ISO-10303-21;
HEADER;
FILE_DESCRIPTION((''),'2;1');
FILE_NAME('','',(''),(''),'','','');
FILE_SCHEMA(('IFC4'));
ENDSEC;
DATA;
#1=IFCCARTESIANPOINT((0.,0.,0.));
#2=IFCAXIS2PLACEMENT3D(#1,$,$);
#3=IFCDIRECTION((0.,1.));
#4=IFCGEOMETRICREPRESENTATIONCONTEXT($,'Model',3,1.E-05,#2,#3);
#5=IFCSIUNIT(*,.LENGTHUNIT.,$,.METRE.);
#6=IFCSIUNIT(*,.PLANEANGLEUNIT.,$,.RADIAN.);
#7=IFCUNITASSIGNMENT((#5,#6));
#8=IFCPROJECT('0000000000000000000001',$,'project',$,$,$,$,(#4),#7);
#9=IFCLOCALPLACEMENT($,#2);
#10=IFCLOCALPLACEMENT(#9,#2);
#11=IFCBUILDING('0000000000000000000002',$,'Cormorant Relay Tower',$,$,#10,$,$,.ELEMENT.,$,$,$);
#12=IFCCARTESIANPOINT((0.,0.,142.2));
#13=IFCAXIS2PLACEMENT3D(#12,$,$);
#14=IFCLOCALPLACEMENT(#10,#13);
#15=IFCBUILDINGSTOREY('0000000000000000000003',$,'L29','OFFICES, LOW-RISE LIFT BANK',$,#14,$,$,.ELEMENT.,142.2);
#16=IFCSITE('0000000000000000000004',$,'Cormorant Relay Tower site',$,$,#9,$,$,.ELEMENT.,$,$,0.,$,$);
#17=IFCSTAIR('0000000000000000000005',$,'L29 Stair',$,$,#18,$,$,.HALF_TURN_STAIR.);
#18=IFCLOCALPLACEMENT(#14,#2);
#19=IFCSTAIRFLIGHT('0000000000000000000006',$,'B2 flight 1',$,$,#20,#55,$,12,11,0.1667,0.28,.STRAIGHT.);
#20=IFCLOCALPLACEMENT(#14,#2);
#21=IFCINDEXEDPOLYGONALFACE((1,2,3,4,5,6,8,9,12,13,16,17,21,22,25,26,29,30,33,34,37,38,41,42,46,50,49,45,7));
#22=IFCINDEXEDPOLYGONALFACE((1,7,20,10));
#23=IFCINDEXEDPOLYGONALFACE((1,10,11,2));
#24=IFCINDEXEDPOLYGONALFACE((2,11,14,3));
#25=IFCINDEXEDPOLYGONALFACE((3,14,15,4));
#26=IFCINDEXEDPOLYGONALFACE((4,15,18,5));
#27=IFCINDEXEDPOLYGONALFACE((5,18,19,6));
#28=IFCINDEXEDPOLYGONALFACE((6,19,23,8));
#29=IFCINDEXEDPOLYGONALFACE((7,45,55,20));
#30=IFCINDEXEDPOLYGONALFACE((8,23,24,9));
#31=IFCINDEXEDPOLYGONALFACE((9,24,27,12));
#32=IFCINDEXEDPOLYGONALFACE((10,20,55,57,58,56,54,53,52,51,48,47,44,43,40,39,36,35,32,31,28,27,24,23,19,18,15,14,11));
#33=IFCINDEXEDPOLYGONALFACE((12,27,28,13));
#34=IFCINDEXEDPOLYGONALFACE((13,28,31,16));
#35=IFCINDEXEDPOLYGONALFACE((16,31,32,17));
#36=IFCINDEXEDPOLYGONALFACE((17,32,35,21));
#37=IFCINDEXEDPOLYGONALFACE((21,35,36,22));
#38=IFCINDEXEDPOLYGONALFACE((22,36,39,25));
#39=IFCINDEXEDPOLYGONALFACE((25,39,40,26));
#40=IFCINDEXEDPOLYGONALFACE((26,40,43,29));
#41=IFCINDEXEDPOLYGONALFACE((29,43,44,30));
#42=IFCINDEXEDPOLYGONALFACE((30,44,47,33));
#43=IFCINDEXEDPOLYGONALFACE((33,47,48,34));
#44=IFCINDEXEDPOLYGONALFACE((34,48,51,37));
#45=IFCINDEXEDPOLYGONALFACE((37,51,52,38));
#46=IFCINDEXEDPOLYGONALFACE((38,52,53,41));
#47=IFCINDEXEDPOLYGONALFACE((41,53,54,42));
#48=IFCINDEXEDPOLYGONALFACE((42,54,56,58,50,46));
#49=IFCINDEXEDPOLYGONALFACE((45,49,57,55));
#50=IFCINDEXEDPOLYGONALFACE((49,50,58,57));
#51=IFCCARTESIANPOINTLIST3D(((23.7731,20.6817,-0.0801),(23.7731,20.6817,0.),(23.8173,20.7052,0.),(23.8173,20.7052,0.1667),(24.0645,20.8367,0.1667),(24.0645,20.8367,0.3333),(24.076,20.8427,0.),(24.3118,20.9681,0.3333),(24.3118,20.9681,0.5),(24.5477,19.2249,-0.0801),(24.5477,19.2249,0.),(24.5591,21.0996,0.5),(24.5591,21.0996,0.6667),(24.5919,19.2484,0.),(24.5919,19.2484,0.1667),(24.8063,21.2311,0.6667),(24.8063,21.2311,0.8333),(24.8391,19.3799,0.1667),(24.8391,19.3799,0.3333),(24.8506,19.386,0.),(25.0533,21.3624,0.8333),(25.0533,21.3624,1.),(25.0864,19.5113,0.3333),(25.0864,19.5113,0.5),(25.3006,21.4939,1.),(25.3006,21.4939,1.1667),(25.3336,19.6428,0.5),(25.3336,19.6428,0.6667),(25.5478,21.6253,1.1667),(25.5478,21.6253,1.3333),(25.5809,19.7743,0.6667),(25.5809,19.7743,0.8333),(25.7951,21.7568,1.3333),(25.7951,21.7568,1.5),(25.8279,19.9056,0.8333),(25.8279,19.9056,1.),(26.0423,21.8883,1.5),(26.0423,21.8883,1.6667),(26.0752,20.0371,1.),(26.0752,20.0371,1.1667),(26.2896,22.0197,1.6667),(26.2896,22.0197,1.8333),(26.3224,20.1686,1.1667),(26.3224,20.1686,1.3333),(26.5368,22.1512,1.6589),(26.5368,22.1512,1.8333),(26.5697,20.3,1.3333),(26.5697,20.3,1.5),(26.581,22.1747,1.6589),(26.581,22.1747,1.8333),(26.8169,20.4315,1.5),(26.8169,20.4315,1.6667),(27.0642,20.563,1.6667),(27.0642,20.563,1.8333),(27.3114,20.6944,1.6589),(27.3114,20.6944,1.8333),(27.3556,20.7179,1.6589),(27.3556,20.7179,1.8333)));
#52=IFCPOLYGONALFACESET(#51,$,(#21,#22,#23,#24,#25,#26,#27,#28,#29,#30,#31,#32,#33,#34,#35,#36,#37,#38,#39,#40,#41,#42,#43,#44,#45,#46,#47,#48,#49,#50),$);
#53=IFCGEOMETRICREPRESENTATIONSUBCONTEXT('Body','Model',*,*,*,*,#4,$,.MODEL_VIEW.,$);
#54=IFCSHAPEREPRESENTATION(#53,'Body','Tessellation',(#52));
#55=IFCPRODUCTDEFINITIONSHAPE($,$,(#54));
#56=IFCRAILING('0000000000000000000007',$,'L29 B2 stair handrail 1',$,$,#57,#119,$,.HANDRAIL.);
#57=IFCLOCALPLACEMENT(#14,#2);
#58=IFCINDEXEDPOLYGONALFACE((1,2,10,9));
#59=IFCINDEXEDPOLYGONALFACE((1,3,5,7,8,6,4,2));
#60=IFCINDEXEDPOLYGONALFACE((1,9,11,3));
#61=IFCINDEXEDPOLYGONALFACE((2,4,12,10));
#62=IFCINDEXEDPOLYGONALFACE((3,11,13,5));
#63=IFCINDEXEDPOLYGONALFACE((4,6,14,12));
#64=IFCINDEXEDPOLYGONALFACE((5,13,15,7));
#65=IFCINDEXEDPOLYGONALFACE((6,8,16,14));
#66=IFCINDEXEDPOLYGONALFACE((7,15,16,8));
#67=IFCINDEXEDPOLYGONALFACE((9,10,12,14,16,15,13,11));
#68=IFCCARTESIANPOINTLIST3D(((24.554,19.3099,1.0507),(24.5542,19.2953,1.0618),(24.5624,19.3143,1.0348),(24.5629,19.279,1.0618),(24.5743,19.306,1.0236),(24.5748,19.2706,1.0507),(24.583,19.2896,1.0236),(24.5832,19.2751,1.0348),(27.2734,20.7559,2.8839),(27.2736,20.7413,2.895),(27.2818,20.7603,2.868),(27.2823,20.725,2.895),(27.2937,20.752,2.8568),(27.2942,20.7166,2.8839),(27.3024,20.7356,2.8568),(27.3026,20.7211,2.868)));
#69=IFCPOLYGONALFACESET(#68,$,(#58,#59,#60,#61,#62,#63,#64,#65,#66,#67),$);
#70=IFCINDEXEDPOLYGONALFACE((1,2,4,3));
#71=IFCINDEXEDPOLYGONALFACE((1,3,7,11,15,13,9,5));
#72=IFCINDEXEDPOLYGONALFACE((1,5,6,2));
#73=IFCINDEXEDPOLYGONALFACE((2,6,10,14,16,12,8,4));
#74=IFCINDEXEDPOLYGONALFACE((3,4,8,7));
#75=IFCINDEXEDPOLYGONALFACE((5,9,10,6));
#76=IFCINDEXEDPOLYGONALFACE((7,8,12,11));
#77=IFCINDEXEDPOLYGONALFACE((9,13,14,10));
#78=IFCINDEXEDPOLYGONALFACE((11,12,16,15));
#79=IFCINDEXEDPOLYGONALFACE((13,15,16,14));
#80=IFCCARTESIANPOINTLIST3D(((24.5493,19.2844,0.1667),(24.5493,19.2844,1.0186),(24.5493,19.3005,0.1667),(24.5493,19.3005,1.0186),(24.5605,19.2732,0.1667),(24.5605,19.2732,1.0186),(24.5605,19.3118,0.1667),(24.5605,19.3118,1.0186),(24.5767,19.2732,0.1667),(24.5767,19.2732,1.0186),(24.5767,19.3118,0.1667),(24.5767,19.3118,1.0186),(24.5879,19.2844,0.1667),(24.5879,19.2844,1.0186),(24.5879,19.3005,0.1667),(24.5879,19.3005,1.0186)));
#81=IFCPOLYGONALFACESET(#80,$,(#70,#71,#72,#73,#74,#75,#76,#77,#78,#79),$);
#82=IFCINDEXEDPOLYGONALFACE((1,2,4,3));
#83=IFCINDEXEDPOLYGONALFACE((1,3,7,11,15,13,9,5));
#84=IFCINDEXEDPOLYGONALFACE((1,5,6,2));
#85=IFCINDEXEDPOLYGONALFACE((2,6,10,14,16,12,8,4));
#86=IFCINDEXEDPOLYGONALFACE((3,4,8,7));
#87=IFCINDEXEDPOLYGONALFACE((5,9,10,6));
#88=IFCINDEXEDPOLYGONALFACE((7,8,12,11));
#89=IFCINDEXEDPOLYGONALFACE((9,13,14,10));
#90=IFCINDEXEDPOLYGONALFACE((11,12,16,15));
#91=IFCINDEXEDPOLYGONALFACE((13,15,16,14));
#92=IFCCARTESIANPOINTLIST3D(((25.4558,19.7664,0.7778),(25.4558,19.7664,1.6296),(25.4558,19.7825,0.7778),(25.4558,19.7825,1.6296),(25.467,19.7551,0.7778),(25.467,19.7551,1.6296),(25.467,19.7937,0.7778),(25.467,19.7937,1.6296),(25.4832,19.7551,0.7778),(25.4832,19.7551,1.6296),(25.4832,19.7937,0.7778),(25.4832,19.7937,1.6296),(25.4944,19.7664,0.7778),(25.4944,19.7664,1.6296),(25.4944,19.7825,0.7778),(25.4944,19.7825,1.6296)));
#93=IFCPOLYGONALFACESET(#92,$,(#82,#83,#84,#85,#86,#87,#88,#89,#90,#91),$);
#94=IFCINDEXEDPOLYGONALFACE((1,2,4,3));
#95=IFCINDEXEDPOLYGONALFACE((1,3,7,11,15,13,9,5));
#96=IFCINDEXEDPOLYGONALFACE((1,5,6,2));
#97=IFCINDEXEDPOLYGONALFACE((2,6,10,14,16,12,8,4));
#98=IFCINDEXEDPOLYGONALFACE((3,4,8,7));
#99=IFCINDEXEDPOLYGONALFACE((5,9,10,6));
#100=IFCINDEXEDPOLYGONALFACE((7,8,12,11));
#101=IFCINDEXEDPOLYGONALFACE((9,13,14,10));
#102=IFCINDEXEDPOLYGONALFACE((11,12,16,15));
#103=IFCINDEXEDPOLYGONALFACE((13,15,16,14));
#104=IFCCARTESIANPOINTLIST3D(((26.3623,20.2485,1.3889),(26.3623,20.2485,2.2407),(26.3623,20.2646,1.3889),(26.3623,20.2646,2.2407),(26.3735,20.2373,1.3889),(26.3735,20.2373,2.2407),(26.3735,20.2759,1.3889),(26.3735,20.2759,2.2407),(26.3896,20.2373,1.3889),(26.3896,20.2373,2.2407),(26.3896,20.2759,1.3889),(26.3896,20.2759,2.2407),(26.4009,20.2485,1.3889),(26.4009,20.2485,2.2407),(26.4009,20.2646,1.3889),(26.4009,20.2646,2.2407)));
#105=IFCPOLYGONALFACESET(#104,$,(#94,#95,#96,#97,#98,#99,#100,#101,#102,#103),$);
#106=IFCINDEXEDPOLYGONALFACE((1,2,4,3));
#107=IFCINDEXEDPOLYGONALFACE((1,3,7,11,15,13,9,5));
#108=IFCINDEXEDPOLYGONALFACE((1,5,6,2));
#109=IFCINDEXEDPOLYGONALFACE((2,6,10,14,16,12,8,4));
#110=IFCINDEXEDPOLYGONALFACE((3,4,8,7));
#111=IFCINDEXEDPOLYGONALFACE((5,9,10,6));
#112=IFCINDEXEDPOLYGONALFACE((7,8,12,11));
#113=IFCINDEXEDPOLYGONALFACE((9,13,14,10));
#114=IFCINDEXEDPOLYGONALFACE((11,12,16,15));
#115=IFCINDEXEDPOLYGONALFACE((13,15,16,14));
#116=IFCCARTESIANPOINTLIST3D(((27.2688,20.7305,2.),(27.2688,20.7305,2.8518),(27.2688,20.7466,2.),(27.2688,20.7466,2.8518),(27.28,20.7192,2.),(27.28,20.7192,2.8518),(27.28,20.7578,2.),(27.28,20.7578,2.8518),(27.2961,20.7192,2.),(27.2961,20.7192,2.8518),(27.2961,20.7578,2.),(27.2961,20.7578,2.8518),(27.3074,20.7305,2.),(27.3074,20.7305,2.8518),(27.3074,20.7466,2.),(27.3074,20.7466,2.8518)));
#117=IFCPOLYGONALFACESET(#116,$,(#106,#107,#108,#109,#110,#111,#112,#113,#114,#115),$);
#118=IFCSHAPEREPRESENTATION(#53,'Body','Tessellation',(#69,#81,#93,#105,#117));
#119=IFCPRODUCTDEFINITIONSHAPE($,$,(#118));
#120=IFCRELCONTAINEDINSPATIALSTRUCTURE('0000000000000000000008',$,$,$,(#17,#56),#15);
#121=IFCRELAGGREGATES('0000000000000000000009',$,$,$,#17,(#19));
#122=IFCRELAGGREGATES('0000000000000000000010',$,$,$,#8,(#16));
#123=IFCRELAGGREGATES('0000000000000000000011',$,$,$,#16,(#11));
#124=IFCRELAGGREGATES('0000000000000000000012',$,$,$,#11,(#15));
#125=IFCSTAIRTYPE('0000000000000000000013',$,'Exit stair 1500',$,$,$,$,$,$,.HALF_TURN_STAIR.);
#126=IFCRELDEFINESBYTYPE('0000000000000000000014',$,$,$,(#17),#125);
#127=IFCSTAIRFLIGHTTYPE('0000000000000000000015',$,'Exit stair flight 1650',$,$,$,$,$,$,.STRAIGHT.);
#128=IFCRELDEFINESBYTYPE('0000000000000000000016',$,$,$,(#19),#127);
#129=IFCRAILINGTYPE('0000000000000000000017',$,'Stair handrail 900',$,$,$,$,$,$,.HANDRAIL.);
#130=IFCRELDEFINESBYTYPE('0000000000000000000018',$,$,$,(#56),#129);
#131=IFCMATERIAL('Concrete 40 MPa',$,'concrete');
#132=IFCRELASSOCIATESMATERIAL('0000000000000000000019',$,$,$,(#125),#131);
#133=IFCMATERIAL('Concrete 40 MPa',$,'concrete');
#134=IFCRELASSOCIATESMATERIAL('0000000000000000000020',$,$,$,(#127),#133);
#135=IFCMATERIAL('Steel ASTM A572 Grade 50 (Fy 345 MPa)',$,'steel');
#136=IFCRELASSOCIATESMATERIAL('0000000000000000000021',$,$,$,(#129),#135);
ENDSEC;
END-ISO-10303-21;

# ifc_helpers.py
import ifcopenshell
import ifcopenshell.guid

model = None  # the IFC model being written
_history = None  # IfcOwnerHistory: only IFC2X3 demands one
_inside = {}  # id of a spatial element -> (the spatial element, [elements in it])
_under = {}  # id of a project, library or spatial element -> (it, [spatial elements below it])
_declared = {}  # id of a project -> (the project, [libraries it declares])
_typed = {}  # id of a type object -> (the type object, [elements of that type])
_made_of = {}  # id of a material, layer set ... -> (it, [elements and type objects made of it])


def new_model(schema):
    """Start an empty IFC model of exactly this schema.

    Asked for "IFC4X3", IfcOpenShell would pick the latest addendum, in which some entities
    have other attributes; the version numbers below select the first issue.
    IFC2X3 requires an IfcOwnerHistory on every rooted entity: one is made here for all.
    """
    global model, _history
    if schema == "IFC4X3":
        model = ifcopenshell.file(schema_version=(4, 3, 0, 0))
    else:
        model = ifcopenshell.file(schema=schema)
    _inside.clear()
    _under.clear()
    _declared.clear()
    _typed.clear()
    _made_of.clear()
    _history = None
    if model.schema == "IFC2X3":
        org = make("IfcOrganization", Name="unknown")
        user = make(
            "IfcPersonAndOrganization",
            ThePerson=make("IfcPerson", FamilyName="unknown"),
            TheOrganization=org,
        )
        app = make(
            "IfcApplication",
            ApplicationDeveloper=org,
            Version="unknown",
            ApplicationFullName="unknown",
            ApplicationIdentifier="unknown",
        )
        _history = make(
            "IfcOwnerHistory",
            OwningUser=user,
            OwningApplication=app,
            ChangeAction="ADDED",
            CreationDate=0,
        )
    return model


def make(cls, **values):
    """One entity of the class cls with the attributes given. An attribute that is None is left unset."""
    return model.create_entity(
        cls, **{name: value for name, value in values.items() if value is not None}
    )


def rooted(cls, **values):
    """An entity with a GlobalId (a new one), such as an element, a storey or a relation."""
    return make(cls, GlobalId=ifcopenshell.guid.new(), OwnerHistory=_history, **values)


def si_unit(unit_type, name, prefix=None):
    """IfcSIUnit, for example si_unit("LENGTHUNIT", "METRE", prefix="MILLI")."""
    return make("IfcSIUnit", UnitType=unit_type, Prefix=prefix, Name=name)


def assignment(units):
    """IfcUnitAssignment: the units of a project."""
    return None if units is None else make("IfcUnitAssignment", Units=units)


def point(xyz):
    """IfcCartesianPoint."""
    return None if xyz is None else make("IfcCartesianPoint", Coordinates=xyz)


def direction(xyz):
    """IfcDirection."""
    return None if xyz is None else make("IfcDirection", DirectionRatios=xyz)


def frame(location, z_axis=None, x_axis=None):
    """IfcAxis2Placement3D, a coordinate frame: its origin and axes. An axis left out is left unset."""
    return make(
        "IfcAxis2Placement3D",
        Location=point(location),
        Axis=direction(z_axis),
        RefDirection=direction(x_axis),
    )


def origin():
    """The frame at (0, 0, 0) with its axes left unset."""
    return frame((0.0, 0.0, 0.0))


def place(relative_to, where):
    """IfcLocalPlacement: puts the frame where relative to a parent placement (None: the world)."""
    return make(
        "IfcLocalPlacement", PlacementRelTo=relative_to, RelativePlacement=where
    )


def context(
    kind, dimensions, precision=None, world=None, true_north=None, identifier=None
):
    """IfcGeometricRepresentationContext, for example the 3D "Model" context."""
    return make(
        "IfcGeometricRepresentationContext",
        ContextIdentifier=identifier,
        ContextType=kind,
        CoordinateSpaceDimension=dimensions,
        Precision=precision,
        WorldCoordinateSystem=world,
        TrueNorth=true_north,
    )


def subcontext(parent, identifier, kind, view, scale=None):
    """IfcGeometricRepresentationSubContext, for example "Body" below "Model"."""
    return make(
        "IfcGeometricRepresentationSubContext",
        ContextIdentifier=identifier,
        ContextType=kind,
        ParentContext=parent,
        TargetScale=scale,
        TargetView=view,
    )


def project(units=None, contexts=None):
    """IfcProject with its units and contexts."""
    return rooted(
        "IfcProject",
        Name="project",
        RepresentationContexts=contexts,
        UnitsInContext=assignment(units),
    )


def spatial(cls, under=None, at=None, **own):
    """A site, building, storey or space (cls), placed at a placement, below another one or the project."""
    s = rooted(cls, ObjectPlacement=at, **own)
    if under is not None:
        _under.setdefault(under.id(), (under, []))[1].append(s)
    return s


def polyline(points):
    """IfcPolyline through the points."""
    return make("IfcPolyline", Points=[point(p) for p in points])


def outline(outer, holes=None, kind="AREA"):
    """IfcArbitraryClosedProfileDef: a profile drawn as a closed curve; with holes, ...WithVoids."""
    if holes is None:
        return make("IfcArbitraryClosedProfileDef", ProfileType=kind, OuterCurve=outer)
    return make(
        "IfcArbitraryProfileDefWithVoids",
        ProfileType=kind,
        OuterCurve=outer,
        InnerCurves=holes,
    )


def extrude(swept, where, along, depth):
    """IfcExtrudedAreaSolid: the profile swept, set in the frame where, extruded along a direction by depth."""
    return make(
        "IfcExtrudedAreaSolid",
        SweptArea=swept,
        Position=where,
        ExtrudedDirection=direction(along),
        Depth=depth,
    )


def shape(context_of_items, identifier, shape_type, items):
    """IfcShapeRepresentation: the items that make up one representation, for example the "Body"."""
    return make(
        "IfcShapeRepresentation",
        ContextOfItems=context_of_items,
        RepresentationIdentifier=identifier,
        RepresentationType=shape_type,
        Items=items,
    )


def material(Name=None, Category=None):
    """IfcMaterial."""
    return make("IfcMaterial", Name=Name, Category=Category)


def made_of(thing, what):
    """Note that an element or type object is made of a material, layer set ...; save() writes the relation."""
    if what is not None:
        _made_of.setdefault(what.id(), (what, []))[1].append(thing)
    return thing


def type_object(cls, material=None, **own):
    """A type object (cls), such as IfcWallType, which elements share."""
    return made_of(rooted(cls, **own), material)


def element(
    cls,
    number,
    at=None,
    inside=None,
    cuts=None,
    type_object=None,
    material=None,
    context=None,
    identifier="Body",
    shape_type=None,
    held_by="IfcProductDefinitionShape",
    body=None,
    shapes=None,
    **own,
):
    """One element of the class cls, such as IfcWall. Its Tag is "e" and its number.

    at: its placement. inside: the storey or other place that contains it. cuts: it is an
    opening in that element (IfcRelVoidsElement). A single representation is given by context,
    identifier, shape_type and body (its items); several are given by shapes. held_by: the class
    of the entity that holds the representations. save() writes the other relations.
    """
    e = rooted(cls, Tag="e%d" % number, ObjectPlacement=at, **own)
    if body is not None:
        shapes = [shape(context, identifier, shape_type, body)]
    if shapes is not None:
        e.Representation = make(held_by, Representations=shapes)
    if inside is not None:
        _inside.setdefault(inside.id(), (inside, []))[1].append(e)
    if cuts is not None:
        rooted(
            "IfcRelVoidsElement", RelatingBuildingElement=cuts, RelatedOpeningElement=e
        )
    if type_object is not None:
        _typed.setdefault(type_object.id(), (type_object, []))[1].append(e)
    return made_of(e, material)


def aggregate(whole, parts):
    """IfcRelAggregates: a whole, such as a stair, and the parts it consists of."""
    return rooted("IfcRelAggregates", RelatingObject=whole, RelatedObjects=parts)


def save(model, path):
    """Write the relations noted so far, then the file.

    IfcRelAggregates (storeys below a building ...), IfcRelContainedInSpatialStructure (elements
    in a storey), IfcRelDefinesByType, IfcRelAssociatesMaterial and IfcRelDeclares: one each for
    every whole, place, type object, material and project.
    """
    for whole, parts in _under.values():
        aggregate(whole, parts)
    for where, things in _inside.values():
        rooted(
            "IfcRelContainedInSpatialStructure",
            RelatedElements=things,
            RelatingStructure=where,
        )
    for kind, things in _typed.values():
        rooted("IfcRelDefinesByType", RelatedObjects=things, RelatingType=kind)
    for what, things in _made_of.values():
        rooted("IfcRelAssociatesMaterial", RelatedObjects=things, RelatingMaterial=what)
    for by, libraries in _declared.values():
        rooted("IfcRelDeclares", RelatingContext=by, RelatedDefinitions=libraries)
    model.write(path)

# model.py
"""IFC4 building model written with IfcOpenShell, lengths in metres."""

from ifc_helpers import new_model, si_unit, direction, frame, origin, place, context, subcontext, project, spatial, polyline, outline, extrude, material, type_object, element, aggregate, save


model = new_model("IFC4")

# Units and contexts
model_context = context("Model", 3, precision=1e-05, world=origin(), true_north=direction((0.0, 1.0)))
body_context = subcontext(model_context, "Body", "Model", "MODEL_VIEW")
ifc_project = project(units=[si_unit("LENGTHUNIT", "METRE"), si_unit("PLANEANGLEUNIT", "RADIAN")], contexts=[model_context])

# Site, building, storey
site_placement = place(None, origin())
site = spatial("IfcSite", under=ifc_project, at=site_placement, Name="Cormorant Relay Tower site", CompositionType="ELEMENT", RefElevation=0.0)
building_placement = place(site_placement, origin())
building = spatial("IfcBuilding", under=site, at=building_placement, Name="Cormorant Relay Tower", CompositionType="ELEMENT")
storey_placement = place(building_placement, frame((0.0, 0.0, 142.2)))
storey = spatial("IfcBuildingStorey", under=building, at=storey_placement, Name="L29", Description="OFFICES, LOW-RISE LIFT BANK", CompositionType="ELEMENT", Elevation=142.2)

# Stair, stair flight
ifc_material_1 = material(Name="Concrete 40 MPa", Category="concrete")
stair_type = type_object("IfcStairType", Name="Exit stair 1500", PredefinedType="HALF_TURN_STAIR", material=ifc_material_1)
stair_placement = place(storey_placement, origin())
stair = element("IfcStair", 1, at=stair_placement, inside=storey, type_object=stair_type, Name="L29 Stair", PredefinedType="HALF_TURN_STAIR")
ifc_material_2 = material(Name="Concrete 40 MPa", Category="concrete")
stair_flight_type = type_object("IfcStairFlightType", Name="Exit stair flight 1650", PredefinedType="STRAIGHT", material=ifc_material_2)
stair_flight_placement = place(storey_placement, frame((24.2046, 19.9768, 0.0), z_axis=(0.0, 0.0, 1.0), x_axis=(0.882948, 0.469472, 0.0)))
stair_flight = element("IfcStairFlight", 2, at=stair_flight_placement, type_object=stair_flight_type, Name="B2 flight 1", NumberOfRisers=12, NumberOfTreads=11, PredefinedType="STRAIGHT", RiserHeight=0.1667, TreadLength=0.28, context=body_context, shape_type="SweptSolid", body=[
    extrude(outline(polyline([(-0.05, -0.0801), (-0.05, 0.0), (0.0, 0.0), (0.0, 0.1667), (0.28, 0.1667), (0.28, 0.3333), (0.5601, 0.3333), (0.5601, 0.5), (0.8401, 0.5), (0.8401, 0.6667), (1.1201, 0.6667), (1.1201, 0.8333), (1.3999, 0.8333), (1.3999, 1.0), (1.6799, 1.0), (1.6799, 1.1667), (1.96, 1.1667), (1.96, 1.3333), (2.24, 1.3333), (2.24, 1.5), (2.52, 1.5), (2.52, 1.6667), (2.8, 1.6667), (2.8, 1.8333), (3.0801, 1.8333), (3.1301, 1.8333), (3.1301, 1.6589), (3.0801, 1.6589), (0.293, 0.0), (-0.05, -0.0801)])), frame((0.0, 0.825, 0.0), z_axis=(0.0, -1.0, 0.0), x_axis=(1.0, 0.0, 0.0)), (0.0, 0.0, 1.0), 1.6499),
])
aggregate(stair, [stair_flight])

# Railing
ifc_material_3 = material(Name="Steel ASTM A572 Grade 50 (Fy 345 MPa)", Category="steel")
railing_type = type_object("IfcRailingType", Name="Stair handrail 900", PredefinedType="HANDRAIL", material=ifc_material_3)
railing_placement = place(storey_placement, frame((24.5686, 19.2925, 0.1667)))
element("IfcRailing", 3, at=railing_placement, inside=storey, type_object=railing_type, Name="L29 B2 stair handrail 1", PredefinedType="HANDRAIL", context=body_context, shape_type="SweptSolid", body=[
    extrude(outline(polyline([(0.0222, 0.0093), (0.0093, 0.0222), (-0.0093, 0.0222), (-0.0222, 0.0093), (-0.0222, -0.0093), (-0.0093, -0.0222), (0.0093, -0.0222), (0.0222, -0.0093), (0.0222, 0.0093)])), frame((0.0, 0.0, 0.876), z_axis=(0.758714, 0.403435, 0.511463), x_axis=(-0.469489, 0.882938, 0.0)), (0.0, 0.0, 1.0), 3.5842),
    extrude(outline(polyline([(0.0193, 0.0081), (0.0081, 0.0193), (-0.0081, 0.0193), (-0.0193, 0.0081), (-0.0193, -0.0081), (-0.0081, -0.0193), (0.0081, -0.0193), (0.0193, -0.0081), (0.0193, 0.0081)])), origin(), (0.0, 0.0, 1.0), 0.8518),
    extrude(outline(polyline([(0.0193, 0.0081), (0.0081, 0.0193), (-0.0081, 0.0193), (-0.0193, 0.0081), (-0.0193, -0.0081), (-0.0081, -0.0193), (0.0081, -0.0193), (0.0193, -0.0081), (0.0193, 0.0081)])), frame((0.9065, 0.4819, 0.6111)), (0.0, 0.0, 1.0), 0.8518),
    extrude(outline(polyline([(0.0193, 0.0081), (0.0081, 0.0193), (-0.0081, 0.0193), (-0.0193, 0.0081), (-0.0193, -0.0081), (-0.0081, -0.0193), (0.0081, -0.0193), (0.0193, -0.0081), (0.0193, 0.0081)])), frame((1.813, 0.9641, 1.2222)), (0.0, 0.0, 1.0), 0.8518),
    extrude(outline(polyline([(0.0193, 0.0081), (0.0081, 0.0193), (-0.0081, 0.0193), (-0.0193, 0.0081), (-0.0193, -0.0081), (-0.0081, -0.0193), (0.0081, -0.0193), (0.0193, -0.0081), (0.0193, 0.0081)])), frame((2.7195, 1.446, 1.8333)), (0.0, 0.0, 1.0), 0.8518),
])

save(model, "model.ifc")
